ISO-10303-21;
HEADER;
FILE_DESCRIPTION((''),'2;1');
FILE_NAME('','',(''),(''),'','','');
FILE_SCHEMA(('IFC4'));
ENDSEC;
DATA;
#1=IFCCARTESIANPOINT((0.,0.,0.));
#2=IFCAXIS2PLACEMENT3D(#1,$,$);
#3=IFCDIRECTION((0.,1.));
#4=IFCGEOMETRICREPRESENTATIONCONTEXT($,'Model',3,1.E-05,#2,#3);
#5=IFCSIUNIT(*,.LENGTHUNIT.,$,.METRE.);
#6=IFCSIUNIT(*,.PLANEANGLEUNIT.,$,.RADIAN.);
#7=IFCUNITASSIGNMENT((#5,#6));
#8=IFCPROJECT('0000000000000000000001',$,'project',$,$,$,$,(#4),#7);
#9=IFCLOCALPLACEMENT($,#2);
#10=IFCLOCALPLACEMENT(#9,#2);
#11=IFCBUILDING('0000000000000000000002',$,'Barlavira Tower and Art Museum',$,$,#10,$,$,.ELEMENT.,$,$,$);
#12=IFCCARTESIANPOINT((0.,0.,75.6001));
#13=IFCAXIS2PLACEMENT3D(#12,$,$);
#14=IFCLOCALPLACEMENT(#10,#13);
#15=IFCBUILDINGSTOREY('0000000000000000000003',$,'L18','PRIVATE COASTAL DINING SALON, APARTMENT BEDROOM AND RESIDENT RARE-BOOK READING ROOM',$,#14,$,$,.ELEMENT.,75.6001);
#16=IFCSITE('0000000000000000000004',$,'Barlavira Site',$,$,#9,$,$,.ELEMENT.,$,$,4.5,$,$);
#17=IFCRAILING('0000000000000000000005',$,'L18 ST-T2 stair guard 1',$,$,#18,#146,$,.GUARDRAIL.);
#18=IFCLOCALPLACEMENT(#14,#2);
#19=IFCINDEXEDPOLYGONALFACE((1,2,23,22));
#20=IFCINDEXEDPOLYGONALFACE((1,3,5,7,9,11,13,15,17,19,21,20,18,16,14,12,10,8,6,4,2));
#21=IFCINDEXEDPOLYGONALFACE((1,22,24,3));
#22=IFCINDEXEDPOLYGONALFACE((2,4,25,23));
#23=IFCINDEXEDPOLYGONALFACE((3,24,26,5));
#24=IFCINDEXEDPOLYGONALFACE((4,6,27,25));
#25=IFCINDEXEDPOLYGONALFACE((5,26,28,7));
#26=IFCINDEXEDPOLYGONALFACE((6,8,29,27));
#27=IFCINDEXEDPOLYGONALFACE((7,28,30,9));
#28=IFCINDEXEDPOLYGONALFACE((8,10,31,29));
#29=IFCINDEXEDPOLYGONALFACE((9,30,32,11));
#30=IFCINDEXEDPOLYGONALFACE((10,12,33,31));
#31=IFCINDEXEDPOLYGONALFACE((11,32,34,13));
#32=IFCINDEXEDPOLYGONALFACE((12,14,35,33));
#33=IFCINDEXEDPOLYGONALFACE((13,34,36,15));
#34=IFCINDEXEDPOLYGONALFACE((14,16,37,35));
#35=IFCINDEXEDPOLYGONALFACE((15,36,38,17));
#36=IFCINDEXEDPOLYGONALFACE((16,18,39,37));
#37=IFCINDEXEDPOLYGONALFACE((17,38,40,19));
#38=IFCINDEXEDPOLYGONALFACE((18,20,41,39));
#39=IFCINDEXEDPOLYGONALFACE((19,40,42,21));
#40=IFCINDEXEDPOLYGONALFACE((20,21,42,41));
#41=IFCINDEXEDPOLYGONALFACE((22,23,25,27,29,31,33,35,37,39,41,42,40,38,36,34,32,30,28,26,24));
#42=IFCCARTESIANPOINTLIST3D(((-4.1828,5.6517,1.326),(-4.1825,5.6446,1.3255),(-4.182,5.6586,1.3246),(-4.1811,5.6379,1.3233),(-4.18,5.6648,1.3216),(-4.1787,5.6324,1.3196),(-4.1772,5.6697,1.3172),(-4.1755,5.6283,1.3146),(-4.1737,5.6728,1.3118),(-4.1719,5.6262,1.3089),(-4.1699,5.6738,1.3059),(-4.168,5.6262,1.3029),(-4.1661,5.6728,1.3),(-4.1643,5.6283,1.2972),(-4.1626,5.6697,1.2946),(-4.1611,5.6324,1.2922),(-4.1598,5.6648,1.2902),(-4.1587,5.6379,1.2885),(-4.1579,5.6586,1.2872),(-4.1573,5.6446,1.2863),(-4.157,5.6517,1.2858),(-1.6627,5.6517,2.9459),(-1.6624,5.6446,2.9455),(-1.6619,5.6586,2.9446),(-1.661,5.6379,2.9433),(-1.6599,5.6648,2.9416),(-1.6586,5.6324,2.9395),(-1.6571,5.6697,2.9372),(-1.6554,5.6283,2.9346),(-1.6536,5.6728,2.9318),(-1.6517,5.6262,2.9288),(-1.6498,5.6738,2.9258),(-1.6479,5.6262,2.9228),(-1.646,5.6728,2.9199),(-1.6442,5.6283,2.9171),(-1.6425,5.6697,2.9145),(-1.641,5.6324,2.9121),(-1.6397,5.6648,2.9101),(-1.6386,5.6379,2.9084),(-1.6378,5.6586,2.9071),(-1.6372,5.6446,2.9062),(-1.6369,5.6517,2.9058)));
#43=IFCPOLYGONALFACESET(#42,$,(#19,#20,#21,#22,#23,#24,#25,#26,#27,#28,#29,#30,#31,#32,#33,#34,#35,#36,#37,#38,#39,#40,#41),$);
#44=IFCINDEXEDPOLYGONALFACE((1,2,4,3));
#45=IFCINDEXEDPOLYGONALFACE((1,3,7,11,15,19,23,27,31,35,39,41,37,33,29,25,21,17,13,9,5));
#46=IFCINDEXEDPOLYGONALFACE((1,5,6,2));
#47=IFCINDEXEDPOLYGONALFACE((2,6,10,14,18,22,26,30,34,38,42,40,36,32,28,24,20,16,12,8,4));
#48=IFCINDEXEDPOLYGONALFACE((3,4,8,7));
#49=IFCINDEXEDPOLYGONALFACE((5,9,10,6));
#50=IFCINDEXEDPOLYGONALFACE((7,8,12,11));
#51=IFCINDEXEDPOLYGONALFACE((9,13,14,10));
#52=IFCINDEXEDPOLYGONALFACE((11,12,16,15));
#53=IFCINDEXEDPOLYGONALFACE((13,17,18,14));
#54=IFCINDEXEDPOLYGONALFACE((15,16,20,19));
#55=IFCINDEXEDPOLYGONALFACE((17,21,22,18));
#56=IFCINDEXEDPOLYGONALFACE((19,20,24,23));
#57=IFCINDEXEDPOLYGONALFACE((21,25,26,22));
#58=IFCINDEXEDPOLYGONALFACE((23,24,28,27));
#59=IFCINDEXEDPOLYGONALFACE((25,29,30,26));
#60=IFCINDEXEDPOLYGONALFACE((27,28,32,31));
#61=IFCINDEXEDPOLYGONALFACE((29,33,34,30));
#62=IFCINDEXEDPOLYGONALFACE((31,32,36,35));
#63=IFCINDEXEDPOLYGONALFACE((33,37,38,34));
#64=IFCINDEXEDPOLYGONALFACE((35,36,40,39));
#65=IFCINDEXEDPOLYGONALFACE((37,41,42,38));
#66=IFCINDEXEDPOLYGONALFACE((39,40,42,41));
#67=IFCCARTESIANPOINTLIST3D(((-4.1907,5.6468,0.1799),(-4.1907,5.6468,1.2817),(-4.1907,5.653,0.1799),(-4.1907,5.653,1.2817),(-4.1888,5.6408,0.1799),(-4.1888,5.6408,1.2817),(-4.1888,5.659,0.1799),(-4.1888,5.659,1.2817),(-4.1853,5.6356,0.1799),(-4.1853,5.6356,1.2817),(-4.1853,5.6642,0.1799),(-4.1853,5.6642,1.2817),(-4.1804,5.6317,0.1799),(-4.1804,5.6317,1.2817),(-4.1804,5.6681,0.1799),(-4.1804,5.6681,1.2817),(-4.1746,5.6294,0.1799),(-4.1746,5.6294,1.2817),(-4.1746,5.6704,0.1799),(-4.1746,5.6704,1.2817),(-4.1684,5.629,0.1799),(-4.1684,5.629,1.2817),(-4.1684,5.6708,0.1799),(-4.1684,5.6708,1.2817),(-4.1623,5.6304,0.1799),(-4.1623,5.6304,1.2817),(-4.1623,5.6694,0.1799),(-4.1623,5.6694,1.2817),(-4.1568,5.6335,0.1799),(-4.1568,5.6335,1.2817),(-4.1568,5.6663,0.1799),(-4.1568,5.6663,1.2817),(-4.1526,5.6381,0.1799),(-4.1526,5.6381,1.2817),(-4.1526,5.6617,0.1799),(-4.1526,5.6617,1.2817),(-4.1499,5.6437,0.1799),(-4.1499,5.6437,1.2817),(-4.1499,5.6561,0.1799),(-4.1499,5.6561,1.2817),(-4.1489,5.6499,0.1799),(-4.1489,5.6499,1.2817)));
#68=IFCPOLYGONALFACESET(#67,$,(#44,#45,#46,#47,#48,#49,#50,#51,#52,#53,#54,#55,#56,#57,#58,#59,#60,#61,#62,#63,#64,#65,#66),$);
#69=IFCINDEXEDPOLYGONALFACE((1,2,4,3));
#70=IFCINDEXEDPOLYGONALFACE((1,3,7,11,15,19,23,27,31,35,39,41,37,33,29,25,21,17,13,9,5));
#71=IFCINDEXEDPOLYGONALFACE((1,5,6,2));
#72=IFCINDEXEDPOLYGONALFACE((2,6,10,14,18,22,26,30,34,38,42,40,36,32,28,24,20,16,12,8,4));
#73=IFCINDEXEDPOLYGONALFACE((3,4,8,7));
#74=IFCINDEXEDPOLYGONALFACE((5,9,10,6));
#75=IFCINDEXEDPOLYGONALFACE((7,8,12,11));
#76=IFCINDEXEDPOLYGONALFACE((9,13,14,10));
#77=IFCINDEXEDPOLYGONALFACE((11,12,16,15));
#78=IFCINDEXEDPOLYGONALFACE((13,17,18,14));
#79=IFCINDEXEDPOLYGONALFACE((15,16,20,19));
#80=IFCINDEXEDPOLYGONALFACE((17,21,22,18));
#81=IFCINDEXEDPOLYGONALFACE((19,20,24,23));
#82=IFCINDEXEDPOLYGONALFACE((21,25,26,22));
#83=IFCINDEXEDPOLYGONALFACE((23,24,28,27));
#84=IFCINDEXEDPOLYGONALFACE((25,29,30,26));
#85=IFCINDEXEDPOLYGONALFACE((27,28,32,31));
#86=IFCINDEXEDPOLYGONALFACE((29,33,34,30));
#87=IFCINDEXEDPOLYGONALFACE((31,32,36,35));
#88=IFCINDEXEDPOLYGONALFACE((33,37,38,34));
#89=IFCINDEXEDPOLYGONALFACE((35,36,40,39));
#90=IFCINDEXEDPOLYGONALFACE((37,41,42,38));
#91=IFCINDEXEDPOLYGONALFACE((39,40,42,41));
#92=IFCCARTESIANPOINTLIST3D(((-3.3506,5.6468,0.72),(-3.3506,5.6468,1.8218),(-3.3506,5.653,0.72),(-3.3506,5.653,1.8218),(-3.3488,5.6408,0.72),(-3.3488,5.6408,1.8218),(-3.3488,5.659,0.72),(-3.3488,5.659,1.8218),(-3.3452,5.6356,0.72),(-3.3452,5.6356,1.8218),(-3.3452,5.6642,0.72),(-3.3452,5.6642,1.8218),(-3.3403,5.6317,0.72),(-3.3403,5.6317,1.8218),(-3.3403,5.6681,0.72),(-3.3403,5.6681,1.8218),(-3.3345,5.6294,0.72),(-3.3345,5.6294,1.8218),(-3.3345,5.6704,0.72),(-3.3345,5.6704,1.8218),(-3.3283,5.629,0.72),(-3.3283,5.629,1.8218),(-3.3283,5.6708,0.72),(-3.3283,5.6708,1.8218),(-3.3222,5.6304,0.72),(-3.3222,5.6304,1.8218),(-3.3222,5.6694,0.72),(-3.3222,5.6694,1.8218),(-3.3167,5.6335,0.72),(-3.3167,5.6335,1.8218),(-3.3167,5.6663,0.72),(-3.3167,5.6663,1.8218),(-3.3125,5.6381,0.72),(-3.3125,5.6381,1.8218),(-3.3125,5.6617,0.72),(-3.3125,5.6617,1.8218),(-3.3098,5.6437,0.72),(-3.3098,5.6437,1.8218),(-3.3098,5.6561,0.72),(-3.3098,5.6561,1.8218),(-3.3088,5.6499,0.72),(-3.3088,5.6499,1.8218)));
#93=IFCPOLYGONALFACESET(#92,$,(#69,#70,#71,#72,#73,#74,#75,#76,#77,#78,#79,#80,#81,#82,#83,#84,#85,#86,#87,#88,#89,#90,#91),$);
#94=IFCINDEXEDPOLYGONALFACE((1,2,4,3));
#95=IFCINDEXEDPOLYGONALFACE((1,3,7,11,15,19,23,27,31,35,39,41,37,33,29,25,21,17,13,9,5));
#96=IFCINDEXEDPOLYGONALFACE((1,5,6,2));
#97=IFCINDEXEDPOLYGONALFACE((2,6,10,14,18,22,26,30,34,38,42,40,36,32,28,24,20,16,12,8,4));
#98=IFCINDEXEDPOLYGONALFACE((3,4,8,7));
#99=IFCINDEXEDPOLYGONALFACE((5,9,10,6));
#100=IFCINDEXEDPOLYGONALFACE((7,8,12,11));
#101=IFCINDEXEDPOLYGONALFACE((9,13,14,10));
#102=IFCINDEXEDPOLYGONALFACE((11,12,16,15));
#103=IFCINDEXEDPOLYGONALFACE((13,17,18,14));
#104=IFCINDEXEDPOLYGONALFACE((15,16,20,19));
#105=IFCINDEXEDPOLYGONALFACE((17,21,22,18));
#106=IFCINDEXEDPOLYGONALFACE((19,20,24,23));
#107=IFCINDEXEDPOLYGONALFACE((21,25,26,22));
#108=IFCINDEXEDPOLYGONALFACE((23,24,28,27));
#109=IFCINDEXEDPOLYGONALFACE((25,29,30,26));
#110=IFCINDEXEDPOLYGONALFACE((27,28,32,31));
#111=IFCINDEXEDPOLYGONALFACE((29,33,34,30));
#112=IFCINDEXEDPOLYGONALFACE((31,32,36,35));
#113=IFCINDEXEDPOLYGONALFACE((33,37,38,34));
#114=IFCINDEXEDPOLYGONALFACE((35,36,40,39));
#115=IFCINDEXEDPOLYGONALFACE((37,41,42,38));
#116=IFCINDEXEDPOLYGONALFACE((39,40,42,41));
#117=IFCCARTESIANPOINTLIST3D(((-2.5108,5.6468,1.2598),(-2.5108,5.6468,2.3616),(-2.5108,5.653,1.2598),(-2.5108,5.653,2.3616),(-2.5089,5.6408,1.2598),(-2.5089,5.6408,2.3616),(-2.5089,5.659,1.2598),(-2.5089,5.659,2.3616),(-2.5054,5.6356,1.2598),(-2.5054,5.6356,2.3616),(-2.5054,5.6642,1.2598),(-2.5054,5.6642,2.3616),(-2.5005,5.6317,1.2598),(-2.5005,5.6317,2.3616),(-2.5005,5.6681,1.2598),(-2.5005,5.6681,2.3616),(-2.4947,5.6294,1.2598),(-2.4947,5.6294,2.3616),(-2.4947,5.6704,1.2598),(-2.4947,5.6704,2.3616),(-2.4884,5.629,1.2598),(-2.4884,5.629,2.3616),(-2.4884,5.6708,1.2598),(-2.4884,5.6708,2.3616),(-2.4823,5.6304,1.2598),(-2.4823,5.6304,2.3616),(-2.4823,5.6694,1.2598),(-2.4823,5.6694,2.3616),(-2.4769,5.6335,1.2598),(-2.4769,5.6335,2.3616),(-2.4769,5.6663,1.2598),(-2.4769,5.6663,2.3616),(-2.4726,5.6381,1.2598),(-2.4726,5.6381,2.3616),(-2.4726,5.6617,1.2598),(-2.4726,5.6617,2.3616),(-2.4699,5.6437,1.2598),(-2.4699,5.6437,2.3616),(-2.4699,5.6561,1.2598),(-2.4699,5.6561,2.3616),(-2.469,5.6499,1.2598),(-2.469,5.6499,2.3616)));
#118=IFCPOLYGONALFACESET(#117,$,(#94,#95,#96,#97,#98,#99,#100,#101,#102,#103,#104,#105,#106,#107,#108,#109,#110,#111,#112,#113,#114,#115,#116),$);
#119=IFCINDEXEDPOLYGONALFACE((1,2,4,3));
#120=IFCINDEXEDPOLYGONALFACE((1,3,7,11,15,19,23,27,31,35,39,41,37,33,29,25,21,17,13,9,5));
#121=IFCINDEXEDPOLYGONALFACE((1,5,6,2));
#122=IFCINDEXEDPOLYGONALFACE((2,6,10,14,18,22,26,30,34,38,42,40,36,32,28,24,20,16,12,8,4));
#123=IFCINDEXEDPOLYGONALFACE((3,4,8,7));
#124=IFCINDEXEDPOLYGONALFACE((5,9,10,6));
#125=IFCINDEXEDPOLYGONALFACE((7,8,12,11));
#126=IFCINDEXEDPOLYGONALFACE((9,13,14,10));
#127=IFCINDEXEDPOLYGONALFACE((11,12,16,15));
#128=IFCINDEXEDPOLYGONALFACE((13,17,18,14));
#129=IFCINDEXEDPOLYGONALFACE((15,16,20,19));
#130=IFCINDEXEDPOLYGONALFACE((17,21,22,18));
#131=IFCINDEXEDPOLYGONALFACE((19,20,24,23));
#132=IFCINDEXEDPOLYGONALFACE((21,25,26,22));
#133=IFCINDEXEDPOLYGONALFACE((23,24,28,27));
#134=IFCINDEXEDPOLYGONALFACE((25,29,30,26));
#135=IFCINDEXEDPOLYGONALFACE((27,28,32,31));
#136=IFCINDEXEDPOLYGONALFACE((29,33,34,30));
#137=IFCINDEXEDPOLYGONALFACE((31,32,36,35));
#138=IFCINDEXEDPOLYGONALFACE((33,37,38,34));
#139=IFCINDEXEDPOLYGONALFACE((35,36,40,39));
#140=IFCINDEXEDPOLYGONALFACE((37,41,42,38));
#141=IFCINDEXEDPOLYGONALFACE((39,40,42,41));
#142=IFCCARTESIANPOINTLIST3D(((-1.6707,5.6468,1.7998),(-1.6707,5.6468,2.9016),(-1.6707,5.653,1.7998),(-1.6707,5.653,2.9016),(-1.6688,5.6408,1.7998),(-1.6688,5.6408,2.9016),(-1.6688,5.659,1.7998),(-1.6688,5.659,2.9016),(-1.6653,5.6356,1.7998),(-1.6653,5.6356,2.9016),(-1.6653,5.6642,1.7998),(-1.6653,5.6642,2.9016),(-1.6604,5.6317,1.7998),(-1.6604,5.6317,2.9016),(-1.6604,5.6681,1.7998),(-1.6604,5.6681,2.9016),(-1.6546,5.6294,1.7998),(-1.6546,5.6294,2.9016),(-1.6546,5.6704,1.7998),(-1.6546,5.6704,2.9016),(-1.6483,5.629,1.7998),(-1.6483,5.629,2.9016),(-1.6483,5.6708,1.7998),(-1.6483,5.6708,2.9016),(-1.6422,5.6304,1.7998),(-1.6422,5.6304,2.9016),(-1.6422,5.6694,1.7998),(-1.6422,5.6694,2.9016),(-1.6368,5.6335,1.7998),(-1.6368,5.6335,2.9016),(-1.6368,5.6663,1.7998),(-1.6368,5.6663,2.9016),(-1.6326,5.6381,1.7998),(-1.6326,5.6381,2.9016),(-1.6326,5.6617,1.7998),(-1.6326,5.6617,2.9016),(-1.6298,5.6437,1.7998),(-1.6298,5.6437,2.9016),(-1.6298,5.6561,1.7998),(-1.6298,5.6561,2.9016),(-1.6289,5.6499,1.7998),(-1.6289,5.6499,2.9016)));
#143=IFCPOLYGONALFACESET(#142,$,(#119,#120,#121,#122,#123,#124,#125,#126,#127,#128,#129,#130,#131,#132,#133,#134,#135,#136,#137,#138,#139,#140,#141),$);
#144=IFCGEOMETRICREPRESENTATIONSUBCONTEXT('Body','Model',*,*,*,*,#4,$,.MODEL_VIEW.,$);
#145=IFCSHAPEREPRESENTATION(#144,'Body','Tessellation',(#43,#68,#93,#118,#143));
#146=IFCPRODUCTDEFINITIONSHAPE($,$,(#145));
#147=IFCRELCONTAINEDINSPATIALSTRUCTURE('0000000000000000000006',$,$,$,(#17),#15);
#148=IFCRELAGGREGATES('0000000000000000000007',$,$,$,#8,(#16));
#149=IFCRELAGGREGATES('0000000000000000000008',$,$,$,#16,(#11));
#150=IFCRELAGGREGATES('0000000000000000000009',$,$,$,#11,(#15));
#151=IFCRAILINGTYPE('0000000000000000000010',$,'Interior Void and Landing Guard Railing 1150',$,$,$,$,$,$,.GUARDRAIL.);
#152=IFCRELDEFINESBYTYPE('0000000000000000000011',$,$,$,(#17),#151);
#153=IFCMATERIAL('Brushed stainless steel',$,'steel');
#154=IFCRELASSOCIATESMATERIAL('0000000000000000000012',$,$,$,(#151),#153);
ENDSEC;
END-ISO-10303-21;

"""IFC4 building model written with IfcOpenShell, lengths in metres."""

from ifc_helpers import new_model, si_unit, direction, frame, origin, origin_2d, place, context, subcontext, project, spatial, circle, extrude, material, type_object, element, save


model = new_model("IFC4")

# Units and contexts
model_context = context("Model", 3, precision=1e-05, world=origin(), true_north=direction((0.0, 1.0)))
body_context = subcontext(model_context, "Body", "Model", "MODEL_VIEW")
ifc_project = project(units=[si_unit("LENGTHUNIT", "METRE"), si_unit("PLANEANGLEUNIT", "RADIAN")], contexts=[model_context])

# Site, building, storey
site_placement = place(None, origin())
site = spatial("IfcSite", under=ifc_project, at=site_placement, Name="Barlavira Site", CompositionType="ELEMENT", RefElevation=4.5)
building_placement = place(site_placement, origin())
building = spatial("IfcBuilding", under=site, at=building_placement, Name="Barlavira Tower and Art Museum", CompositionType="ELEMENT")
storey_placement = place(building_placement, frame((0.0, 0.0, 75.6001)))
storey = spatial("IfcBuildingStorey", under=building, at=storey_placement, Name="L18", Description="PRIVATE COASTAL DINING SALON, APARTMENT BEDROOM AND RESIDENT RARE-BOOK READING ROOM", CompositionType="ELEMENT", Elevation=75.6001)

# Shared definitions
ifc_material_1 = material(Name="Brushed stainless steel", Category="steel")

# Railing
railing_type_1 = type_object("IfcRailingType", Name="Interior Void and Landing Guard Railing 1150", PredefinedType="GUARDRAIL", material=ifc_material_1)
railing_1_placement = place(storey_placement, frame((-4.1699, 5.6499, 0.1799)))
element("IfcRailing", 1, at=railing_1_placement, inside=storey, type_object=railing_type_1, Name="L18 ST-T2 stair guard 1", PredefinedType="GUARDRAIL", context=body_context, shape_type="SweptSolid", body=[
    extrude(circle(Radius=0.0239, at=origin_2d()), frame((0.0, 0.0, 1.126), z_axis=(0.8412, 0.0, 0.540725), x_axis=(0.0, 1.0, 0.0)), (0.0, 0.0, 1.0), 2.9958),
    extrude(circle(Radius=0.021, at=origin_2d()), origin(), (0.0, 0.0, 1.0), 1.1018),
    extrude(circle(Radius=0.021, at=origin_2d()), frame((0.8401, 0.0, 0.54)), (0.0, 0.0, 1.0), 1.1018),
    extrude(circle(Radius=0.021, at=origin_2d()), frame((1.6799, 0.0, 1.0798)), (0.0, 0.0, 1.0), 1.1018),
    extrude(circle(Radius=0.021, at=origin_2d()), frame((2.52, 0.0, 1.6199)), (0.0, 0.0, 1.0), 1.1018),
])

save(model, "model.ifc")
